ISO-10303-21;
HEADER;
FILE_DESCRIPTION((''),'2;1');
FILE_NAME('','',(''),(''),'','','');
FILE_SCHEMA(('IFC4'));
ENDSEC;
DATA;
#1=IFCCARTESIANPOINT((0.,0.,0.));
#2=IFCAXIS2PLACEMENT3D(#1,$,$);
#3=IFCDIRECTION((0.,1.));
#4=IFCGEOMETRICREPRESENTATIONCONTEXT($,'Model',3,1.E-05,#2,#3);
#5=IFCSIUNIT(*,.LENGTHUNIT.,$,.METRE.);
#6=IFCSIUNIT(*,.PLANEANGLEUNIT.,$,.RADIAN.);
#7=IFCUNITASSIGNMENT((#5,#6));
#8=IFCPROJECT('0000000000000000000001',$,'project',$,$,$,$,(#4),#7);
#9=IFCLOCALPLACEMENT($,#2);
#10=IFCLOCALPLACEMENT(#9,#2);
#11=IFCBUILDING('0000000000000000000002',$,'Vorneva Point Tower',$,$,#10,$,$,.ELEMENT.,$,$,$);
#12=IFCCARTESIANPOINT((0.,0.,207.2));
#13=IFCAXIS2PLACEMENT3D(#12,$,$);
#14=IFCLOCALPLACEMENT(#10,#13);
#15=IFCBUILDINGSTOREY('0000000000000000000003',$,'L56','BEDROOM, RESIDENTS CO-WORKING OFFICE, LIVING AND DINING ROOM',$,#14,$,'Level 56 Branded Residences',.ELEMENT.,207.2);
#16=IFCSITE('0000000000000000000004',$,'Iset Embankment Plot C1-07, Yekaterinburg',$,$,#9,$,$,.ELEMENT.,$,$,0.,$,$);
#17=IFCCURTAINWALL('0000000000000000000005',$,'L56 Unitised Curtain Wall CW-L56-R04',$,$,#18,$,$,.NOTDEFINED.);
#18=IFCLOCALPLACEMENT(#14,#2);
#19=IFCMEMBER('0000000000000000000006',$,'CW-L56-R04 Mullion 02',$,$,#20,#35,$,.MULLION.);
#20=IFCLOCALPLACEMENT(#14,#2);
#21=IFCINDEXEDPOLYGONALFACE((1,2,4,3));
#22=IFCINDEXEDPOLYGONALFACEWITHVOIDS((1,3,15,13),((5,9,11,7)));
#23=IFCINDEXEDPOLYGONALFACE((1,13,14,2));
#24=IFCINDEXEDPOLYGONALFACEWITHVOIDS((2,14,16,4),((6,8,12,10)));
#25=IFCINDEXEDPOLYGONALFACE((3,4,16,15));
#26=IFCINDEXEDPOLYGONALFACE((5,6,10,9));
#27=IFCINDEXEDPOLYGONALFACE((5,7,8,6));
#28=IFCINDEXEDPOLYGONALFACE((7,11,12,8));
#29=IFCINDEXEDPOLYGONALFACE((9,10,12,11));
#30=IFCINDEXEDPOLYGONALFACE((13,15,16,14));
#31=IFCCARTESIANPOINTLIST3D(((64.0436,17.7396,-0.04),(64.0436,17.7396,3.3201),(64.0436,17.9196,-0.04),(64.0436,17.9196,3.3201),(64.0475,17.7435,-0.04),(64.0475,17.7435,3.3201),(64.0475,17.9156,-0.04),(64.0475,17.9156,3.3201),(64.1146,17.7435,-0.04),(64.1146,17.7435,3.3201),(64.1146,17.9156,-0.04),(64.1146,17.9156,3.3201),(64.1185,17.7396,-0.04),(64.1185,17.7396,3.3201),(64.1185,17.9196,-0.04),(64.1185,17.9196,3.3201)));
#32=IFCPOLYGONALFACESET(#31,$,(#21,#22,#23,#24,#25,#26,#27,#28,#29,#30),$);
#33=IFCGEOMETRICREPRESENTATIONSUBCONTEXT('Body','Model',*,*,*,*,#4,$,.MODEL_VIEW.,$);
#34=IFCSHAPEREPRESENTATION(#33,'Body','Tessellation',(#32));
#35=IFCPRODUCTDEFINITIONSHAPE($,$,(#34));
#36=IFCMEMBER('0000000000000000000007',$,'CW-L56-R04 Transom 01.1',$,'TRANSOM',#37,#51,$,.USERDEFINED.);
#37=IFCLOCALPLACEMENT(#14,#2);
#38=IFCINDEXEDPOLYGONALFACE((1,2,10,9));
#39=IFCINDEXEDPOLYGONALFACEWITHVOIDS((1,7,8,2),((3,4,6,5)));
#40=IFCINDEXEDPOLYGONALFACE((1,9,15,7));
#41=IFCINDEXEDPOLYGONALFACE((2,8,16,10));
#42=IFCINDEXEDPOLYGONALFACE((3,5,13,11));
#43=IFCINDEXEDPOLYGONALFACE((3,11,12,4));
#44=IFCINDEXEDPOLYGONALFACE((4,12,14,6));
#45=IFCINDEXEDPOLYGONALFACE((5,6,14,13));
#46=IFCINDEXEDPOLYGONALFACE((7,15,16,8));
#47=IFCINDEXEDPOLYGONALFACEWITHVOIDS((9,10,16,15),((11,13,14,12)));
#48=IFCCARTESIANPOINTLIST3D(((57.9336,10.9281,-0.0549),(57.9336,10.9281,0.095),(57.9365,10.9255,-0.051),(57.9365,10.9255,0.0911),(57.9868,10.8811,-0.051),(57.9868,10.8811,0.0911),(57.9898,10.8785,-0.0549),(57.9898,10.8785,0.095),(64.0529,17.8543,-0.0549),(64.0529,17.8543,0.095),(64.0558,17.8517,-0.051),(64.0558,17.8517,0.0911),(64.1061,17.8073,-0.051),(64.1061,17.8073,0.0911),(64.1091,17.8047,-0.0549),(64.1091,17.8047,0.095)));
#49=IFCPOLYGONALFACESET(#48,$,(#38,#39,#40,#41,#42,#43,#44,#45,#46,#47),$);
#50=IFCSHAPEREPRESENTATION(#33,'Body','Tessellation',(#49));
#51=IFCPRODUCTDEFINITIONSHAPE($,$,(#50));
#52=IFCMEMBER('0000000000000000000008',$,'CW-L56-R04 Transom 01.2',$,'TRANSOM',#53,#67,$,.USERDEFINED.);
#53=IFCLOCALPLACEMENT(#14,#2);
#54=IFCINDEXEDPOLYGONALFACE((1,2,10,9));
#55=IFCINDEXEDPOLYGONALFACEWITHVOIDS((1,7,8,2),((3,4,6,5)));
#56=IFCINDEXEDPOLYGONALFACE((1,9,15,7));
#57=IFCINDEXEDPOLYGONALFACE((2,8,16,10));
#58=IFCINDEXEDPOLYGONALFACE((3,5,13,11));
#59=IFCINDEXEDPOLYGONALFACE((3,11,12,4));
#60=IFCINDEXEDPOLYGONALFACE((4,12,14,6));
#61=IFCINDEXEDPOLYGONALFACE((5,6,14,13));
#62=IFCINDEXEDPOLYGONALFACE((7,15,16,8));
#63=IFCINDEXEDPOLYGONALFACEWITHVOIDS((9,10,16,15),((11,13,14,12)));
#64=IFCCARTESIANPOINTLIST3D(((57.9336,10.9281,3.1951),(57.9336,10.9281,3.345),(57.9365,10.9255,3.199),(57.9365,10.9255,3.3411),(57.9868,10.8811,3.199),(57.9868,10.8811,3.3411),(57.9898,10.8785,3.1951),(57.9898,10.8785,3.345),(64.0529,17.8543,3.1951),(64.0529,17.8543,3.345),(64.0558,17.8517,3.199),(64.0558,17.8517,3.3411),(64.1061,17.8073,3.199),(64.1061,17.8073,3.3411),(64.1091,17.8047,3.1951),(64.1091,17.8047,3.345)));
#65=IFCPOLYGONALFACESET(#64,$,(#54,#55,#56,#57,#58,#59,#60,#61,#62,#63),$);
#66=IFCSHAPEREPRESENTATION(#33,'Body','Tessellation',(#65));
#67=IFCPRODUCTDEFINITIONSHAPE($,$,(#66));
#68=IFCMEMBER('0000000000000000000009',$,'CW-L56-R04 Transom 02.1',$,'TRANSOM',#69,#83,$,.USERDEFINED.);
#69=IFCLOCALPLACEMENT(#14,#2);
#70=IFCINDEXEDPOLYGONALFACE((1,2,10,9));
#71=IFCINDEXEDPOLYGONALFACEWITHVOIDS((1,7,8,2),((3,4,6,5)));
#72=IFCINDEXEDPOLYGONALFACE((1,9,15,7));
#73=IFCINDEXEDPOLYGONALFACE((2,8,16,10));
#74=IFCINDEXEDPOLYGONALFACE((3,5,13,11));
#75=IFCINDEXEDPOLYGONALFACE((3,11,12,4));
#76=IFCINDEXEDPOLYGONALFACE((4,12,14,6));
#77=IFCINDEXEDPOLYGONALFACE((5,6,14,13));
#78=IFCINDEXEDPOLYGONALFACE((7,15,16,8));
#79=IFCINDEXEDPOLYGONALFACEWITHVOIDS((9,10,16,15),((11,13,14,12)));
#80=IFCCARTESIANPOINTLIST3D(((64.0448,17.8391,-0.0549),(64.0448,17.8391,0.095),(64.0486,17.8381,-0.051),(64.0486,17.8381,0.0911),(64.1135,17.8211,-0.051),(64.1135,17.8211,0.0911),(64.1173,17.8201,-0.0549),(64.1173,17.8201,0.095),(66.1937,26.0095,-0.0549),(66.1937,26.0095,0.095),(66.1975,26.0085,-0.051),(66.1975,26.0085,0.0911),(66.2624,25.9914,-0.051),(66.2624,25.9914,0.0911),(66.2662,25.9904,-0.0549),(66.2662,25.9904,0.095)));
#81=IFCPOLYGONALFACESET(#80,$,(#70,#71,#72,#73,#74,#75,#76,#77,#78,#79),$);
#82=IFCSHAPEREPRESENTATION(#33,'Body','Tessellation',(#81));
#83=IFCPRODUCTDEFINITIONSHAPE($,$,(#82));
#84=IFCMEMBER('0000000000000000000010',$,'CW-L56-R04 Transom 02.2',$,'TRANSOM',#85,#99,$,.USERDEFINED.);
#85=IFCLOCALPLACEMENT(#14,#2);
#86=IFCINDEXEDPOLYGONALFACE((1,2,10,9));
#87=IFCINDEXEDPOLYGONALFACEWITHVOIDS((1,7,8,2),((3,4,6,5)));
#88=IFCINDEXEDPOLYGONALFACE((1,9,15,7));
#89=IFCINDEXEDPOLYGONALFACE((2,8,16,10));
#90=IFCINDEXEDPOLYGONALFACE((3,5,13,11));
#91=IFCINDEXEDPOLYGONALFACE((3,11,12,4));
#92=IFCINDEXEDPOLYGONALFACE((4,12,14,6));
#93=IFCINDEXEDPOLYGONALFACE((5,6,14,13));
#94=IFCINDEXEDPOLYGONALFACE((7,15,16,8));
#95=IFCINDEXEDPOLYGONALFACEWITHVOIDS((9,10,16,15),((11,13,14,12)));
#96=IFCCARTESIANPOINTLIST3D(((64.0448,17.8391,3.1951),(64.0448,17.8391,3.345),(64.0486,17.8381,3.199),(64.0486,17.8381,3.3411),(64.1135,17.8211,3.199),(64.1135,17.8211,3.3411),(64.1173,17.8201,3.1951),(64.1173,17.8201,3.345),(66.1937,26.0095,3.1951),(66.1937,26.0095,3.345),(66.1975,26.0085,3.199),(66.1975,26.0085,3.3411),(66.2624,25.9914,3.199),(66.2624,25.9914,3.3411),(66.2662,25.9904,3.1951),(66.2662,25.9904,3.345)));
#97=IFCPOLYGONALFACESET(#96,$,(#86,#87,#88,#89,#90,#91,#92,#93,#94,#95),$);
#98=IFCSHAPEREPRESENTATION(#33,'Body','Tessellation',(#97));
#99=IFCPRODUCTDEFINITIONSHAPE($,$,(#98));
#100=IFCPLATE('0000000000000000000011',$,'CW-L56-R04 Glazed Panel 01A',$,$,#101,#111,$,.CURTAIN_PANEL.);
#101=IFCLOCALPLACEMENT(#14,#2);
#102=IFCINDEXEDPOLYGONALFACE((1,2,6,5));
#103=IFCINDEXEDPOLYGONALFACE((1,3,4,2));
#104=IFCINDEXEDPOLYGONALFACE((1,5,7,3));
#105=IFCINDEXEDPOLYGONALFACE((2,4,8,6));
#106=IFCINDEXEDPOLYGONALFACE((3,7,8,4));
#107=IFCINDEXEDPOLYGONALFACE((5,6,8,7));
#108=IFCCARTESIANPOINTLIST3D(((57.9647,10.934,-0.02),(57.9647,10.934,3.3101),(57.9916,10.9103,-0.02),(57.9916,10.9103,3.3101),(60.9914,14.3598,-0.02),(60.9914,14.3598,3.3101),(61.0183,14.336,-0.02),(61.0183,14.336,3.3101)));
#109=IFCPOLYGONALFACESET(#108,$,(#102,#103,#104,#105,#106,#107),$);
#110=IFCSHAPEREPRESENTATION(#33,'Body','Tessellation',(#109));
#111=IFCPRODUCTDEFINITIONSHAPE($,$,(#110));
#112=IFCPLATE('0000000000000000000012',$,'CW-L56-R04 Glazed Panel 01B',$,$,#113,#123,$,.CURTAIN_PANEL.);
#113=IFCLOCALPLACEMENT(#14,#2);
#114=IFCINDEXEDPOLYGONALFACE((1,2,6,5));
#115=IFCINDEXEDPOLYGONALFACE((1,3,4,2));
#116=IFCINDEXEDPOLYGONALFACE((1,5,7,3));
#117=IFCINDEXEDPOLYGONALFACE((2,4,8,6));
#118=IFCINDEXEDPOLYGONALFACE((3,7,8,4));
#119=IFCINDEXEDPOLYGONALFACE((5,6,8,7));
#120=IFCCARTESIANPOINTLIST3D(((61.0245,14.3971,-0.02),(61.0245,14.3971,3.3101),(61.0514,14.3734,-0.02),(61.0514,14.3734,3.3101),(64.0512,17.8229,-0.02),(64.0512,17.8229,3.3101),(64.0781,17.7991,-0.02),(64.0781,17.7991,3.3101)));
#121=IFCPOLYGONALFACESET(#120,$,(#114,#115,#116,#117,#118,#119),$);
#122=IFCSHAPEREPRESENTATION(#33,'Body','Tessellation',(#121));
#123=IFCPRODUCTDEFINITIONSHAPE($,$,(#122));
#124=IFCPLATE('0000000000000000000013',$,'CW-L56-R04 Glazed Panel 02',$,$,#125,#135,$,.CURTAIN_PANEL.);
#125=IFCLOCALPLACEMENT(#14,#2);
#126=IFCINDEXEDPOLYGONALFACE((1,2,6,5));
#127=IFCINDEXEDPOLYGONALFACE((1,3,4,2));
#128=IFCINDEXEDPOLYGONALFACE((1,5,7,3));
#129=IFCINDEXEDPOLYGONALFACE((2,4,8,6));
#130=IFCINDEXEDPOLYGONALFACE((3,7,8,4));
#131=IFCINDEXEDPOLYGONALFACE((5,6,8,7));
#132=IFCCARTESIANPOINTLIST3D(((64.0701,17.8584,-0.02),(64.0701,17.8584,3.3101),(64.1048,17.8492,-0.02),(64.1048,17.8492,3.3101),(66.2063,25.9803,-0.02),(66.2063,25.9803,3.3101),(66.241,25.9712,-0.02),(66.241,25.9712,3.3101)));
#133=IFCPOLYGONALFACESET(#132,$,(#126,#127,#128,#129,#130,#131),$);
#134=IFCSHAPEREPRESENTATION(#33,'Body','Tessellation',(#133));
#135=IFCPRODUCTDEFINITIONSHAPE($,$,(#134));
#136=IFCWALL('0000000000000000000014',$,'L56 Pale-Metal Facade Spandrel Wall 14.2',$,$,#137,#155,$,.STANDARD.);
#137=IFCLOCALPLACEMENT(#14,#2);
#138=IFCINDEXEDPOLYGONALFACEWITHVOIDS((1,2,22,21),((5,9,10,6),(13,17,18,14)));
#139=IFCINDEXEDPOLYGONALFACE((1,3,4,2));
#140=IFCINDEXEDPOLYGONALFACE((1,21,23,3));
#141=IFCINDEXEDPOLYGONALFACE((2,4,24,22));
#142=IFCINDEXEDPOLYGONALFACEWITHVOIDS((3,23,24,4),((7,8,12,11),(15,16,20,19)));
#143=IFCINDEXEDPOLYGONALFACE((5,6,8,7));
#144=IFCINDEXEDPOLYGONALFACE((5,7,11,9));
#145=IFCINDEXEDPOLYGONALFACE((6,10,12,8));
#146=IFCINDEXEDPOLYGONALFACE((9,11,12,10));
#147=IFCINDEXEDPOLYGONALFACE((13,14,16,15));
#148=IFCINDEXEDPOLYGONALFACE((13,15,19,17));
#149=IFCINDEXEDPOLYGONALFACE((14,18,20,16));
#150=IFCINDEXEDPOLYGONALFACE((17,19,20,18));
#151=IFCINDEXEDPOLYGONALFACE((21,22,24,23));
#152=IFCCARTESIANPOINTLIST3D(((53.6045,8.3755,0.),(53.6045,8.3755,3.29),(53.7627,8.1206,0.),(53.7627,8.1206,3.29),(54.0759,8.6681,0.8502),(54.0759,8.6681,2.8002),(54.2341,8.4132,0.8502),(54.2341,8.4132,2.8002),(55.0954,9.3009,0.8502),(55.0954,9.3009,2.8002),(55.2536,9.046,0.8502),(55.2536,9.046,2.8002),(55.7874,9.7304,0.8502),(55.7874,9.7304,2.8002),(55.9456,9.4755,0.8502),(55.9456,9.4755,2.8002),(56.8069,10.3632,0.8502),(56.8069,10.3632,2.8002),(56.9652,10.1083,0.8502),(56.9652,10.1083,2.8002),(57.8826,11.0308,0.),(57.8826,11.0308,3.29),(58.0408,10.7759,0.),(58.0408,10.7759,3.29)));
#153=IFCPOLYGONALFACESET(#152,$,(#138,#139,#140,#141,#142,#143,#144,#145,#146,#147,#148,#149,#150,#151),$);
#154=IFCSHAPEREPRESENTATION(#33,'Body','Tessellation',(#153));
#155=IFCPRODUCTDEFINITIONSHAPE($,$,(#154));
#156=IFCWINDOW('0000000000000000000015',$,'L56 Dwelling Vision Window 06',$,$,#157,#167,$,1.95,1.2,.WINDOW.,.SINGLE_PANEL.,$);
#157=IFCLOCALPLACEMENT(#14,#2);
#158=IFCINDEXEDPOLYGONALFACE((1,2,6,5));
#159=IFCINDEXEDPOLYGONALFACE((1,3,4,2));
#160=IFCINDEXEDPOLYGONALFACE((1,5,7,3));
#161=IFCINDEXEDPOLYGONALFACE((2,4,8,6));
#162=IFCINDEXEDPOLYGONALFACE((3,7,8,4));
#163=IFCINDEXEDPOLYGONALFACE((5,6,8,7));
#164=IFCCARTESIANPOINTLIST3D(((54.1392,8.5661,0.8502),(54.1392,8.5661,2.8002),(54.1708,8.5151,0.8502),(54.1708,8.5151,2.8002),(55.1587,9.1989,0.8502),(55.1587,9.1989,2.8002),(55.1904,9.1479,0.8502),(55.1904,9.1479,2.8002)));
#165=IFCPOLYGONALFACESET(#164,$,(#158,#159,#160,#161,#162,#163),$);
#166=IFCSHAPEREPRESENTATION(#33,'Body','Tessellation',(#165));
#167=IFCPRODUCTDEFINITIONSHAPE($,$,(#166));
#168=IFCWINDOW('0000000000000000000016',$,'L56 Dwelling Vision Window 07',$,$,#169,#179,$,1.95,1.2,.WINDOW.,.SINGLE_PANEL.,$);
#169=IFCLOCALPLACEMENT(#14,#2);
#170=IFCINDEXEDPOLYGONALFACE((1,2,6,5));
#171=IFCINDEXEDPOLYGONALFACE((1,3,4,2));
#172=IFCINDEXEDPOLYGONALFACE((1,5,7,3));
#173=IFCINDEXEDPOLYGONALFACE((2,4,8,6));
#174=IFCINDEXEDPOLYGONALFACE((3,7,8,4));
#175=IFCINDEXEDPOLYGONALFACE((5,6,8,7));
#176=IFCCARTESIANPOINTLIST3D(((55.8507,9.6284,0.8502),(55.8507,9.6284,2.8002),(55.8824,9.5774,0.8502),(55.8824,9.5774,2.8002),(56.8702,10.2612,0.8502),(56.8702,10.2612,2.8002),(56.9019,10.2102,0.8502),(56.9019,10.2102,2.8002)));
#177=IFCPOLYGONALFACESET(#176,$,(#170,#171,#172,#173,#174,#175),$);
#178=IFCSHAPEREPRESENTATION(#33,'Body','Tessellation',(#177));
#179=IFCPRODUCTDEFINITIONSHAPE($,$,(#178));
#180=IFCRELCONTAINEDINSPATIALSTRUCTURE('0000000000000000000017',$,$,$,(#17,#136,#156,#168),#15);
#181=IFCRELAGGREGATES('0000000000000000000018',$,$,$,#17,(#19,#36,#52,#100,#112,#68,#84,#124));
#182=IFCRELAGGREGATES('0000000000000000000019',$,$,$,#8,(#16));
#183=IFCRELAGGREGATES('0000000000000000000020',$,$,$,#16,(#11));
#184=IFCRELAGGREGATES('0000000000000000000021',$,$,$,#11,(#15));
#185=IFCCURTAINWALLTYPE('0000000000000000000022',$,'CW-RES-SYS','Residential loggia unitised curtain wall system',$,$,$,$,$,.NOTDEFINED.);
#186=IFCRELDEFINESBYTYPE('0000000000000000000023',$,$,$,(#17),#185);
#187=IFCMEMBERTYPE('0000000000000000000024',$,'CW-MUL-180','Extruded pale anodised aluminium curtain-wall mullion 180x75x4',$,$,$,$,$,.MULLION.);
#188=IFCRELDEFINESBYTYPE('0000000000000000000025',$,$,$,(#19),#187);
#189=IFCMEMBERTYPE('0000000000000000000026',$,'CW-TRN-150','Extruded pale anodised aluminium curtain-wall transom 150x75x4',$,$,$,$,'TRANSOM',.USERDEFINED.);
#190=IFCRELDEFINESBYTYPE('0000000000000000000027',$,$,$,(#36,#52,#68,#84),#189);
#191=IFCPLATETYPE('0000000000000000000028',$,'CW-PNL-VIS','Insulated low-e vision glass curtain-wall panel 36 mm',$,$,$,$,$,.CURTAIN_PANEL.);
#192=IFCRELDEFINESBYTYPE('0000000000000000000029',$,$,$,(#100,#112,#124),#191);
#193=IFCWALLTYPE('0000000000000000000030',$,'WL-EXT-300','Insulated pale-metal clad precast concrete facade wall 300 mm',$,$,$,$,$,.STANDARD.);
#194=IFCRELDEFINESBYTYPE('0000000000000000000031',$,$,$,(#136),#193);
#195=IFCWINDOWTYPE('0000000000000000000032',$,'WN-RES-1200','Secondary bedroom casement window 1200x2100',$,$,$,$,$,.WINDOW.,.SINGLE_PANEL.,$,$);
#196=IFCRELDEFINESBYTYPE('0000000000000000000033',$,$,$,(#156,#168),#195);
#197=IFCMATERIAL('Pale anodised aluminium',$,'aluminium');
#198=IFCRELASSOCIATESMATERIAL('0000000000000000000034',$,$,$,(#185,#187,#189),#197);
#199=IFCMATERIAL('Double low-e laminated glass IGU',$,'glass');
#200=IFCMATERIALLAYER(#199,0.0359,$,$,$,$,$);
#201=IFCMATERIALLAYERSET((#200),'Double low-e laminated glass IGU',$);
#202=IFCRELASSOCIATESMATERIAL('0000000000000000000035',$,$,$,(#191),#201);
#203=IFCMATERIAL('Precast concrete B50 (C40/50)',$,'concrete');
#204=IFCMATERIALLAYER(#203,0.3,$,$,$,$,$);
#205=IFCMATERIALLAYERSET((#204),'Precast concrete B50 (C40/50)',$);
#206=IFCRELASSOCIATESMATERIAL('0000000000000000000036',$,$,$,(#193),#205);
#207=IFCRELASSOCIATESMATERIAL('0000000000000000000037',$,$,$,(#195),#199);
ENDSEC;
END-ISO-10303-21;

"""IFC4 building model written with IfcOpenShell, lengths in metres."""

from ifc_helpers import new_model, si_unit, direction, frame, frame_2d, origin, origin_2d, place, context, subcontext, project, spatial, rectangle, hollow_rectangle, extrude, material, layer, layer_set, material_profile, profile_set, type_object, element, fill, aggregate, save


model = new_model("IFC4")

# Units and contexts
model_context = context("Model", 3, precision=1e-05, world=origin(), true_north=direction((0.0, 1.0)))
body_context = subcontext(model_context, "Body", "Model", "MODEL_VIEW")
ifc_project = project(units=[si_unit("LENGTHUNIT", "METRE"), si_unit("PLANEANGLEUNIT", "RADIAN")], contexts=[model_context])

# Site, building, storey
site_placement = place(None, origin())
site = spatial("IfcSite", under=ifc_project, at=site_placement, Name="Iset Embankment Plot C1-07, Yekaterinburg", CompositionType="ELEMENT", RefElevation=0.0)
building_placement = place(site_placement, origin())
building = spatial("IfcBuilding", under=site, at=building_placement, Name="Vorneva Point Tower", CompositionType="ELEMENT")
storey_placement = place(building_placement, frame((0.0, 0.0, 207.2)))
storey = spatial("IfcBuildingStorey", under=building, at=storey_placement, Name="L56", Description="BEDROOM, RESIDENTS CO-WORKING OFFICE, LIVING AND DINING ROOM", LongName="Level 56 Branded Residences", CompositionType="ELEMENT", Elevation=207.2)

# Curtain wall, members, plates
ifc_material_1 = material(Name="Pale anodised aluminium", Category="aluminium")
curtain_wall_type = type_object("IfcCurtainWallType", Name="CW-RES-SYS", Description="Residential loggia unitised curtain wall system", PredefinedType="NOTDEFINED", material=ifc_material_1)
curtain_wall_placement = place(storey_placement, origin())
curtain_wall = element("IfcCurtainWall", 1, at=curtain_wall_placement, inside=storey, type_object=curtain_wall_type, Name="L56 Unitised Curtain Wall CW-L56-R04", PredefinedType="NOTDEFINED")
ifc_material_profile_1 = material_profile(ifc_material_1, hollow_rectangle(XDim=0.075, YDim=0.1799, WallThickness=0.0039, at=origin_2d()), Name="AL-MUL 180x75x4")
ifc_profile_set_1 = profile_set([ifc_material_profile_1], Name="Pale anodised aluminium")
member_type_1 = type_object("IfcMemberType", Name="CW-MUL-180", Description="Extruded pale anodised aluminium curtain-wall mullion 180x75x4", PredefinedType="MULLION", material=ifc_profile_set_1)
member_1_placement = place(storey_placement, frame((64.0811, 17.8296, -0.04), z_axis=(0.0, 0.0, 1.0), x_axis=(1.0, 0.0, 0.0)))
member_1 = element("IfcMember", 2, at=member_1_placement, type_object=member_type_1, Name="CW-L56-R04 Mullion 02", PredefinedType="MULLION", context=body_context, shape_type="SweptSolid", body=[
    extrude(hollow_rectangle(XDim=0.075, YDim=0.1799, WallThickness=0.0039, at=origin_2d()), origin(), (0.0, 0.0, 1.0), 3.3601),
])
ifc_material_profile_2 = material_profile(ifc_material_1, hollow_rectangle(XDim=0.075, YDim=0.1499, WallThickness=0.0039, at=origin_2d()), Name="AL-TRN 150x75x4")
ifc_profile_set_2 = profile_set([ifc_material_profile_2], Name="Pale anodised aluminium")
member_type_2 = type_object("IfcMemberType", Name="CW-TRN-150", Description="Extruded pale anodised aluminium curtain-wall transom 150x75x4", ElementType="TRANSOM", PredefinedType="USERDEFINED", material=ifc_profile_set_2)
member_2_placement = place(storey_placement, frame((57.9617, 10.9033, 0.02), z_axis=(0.662106, 0.74941, 0.0), x_axis=(-0.74941, 0.662106, 0.0)))
member_2 = element("IfcMember", 3, at=member_2_placement, type_object=member_type_2, Name="CW-L56-R04 Transom 01.1", ObjectType="TRANSOM", PredefinedType="USERDEFINED", context=body_context, shape_type="SweptSolid", body=[
    extrude(hollow_rectangle(XDim=0.075, YDim=0.1499, WallThickness=0.0039, at=origin_2d()), origin(), (0.0, 0.0, 1.0), 9.2422),
])
member_3_placement = place(storey_placement, frame((57.9617, 10.9033, 3.27), z_axis=(0.662106, 0.74941, 0.0), x_axis=(-0.74941, 0.662106, 0.0)))
member_3 = element("IfcMember", 4, at=member_3_placement, type_object=member_type_2, Name="CW-L56-R04 Transom 01.2", ObjectType="TRANSOM", PredefinedType="USERDEFINED", context=body_context, shape_type="SweptSolid", body=[
    extrude(hollow_rectangle(XDim=0.075, YDim=0.1499, WallThickness=0.0039, at=origin_2d()), origin(), (0.0, 0.0, 1.0), 9.2422),
])
member_4_placement = place(storey_placement, frame((64.0811, 17.8296, 0.02), z_axis=(0.254362, 0.967109, 0.0), x_axis=(-0.967109, 0.254362, 0.0)))
member_4 = element("IfcMember", 5, at=member_4_placement, type_object=member_type_2, Name="CW-L56-R04 Transom 02.1", ObjectType="TRANSOM", PredefinedType="USERDEFINED", context=body_context, shape_type="SweptSolid", body=[
    extrude(hollow_rectangle(XDim=0.075, YDim=0.1499, WallThickness=0.0039, at=origin_2d()), origin(), (0.0, 0.0, 1.0), 8.4482),
])
member_5_placement = place(storey_placement, frame((64.0811, 17.8296, 3.27), z_axis=(0.254362, 0.967109, 0.0), x_axis=(-0.967109, 0.254362, 0.0)))
member_5 = element("IfcMember", 6, at=member_5_placement, type_object=member_type_2, Name="CW-L56-R04 Transom 02.2", ObjectType="TRANSOM", PredefinedType="USERDEFINED", context=body_context, shape_type="SweptSolid", body=[
    extrude(hollow_rectangle(XDim=0.075, YDim=0.1499, WallThickness=0.0039, at=origin_2d()), origin(), (0.0, 0.0, 1.0), 8.4482),
])
ifc_material_2 = material(Name="Double low-e laminated glass IGU", Category="glass")
ifc_layer_1 = layer(ifc_material_2, 0.0359)
ifc_layer_set_1 = layer_set([ifc_layer_1], Name="Double low-e laminated glass IGU")
plate_type = type_object("IfcPlateType", Name="CW-PNL-VIS", Description="Insulated low-e vision glass curtain-wall panel 36 mm", PredefinedType="CURTAIN_PANEL", material=ifc_layer_set_1)
plate_1_placement = place(storey_placement, frame((59.4915, 12.635, -0.02), z_axis=(0.0, 0.0, 1.0), x_axis=(0.66211, 0.749407, 0.0)))
plate_1 = element("IfcPlate", 7, at=plate_1_placement, type_object=plate_type, Name="CW-L56-R04 Glazed Panel 01A", PredefinedType="CURTAIN_PANEL", context=body_context, shape_type="SweptSolid", body=[
    extrude(rectangle(XDim=4.5713, YDim=0.0359, at=origin_2d()), origin(), (0.0, 0.0, 1.0), 3.3301),
])
plate_2_placement = place(storey_placement, frame((62.5513, 16.0981, -0.02), z_axis=(0.0, 0.0, 1.0), x_axis=(0.66211, 0.749407, 0.0)))
plate_2 = element("IfcPlate", 8, at=plate_2_placement, type_object=plate_type, Name="CW-L56-R04 Glazed Panel 01B", PredefinedType="CURTAIN_PANEL", context=body_context, shape_type="SweptSolid", body=[
    extrude(rectangle(XDim=4.5713, YDim=0.0359, at=origin_2d()), origin(), (0.0, 0.0, 1.0), 3.3301),
])
plate_3_placement = place(storey_placement, frame((65.1555, 21.9148, -0.02), z_axis=(0.0, 0.0, 1.0), x_axis=(0.254366, 0.967108, 0.0)))
plate_3 = element("IfcPlate", 9, at=plate_3_placement, type_object=plate_type, Name="CW-L56-R04 Glazed Panel 02", PredefinedType="CURTAIN_PANEL", context=body_context, shape_type="SweptSolid", body=[
    extrude(rectangle(XDim=8.3982, YDim=0.0359, at=origin_2d()), origin(), (0.0, 0.0, 1.0), 3.3301),
])
aggregate(curtain_wall, [member_1, member_2, member_3, plate_1, plate_2, member_4, member_5, plate_3])

# Wall, openings, windows
ifc_material_3 = material(Name="Precast concrete B50 (C40/50)", Category="concrete")
ifc_layer_2 = layer(ifc_material_3, 0.3)
ifc_layer_set_2 = layer_set([ifc_layer_2], Name="Precast concrete B50 (C40/50)")
wall_type_1 = type_object("IfcWallType", Name="WL-EXT-300", Description="Insulated pale-metal clad precast concrete facade wall 300 mm", PredefinedType="STANDARD", material=ifc_layer_set_2)
wall_1_placement = place(storey_placement, frame((53.6836, 8.248, 0.0), z_axis=(0.0, 0.0, 1.0), x_axis=(0.849648, 0.527351, 0.0)))
wall_1 = element("IfcWall", 10, at=wall_1_placement, inside=storey, type_object=wall_type_1, Name="L56 Pale-Metal Facade Spandrel Wall 14.2", PredefinedType="STANDARD", context=body_context, shape_type="SweptSolid", body=[
    extrude(rectangle(XDim=5.0352, YDim=0.3, at=frame_2d((2.5176, 0.0))), origin(), (0.0, 0.0, 1.0), 3.29),
])
opening_1_placement = place(wall_1_placement, frame((0.5547, 0.0, 0.8501)))
opening_1 = element("IfcOpeningElement", 11, at=opening_1_placement, cuts=wall_1, PredefinedType="OPENING", context=body_context, shape_type="SweptSolid", body=[
    extrude(rectangle(XDim=1.2, YDim=1.95, at=frame_2d((0.6001, 0.9751))), frame((0.0, 0.165, 0.0), z_axis=(0.0, -1.0, 0.0), x_axis=(1.0, 0.0, 0.0)), (0.0, 0.0, 1.0), 0.3298),
])
opening_2_placement = place(wall_1_placement, frame((2.5691, 0.0, 0.8501)))
opening_2 = element("IfcOpeningElement", 12, at=opening_2_placement, cuts=wall_1, PredefinedType="OPENING", context=body_context, shape_type="SweptSolid", body=[
    extrude(rectangle(XDim=1.2, YDim=1.95, at=frame_2d((0.6001, 0.9751))), frame((0.0, 0.165, 0.0), z_axis=(0.0, -1.0, 0.0), x_axis=(1.0, 0.0, 0.0)), (0.0, 0.0, 1.0), 0.3298),
])
window_type = type_object("IfcWindowType", Name="WN-RES-1200", Description="Secondary bedroom casement window 1200x2100", PartitioningType="SINGLE_PANEL", PredefinedType="WINDOW", material=ifc_material_2)
window_1_placement = place(opening_1_placement, origin())
window_1 = element("IfcWindow", 13, at=window_1_placement, inside=storey, type_object=window_type, Name="L56 Dwelling Vision Window 06", OverallHeight=1.95, OverallWidth=1.2, PartitioningType="SINGLE_PANEL", PredefinedType="WINDOW", context=body_context, shape_type="SweptSolid", body=[
    extrude(rectangle(XDim=1.2, YDim=1.95, at=frame_2d((0.6001, 0.9751))), frame((0.0, 0.03, 0.0), z_axis=(0.0, -1.0, 0.0), x_axis=(1.0, 0.0, 0.0)), (0.0, 0.0, 1.0), 0.0601),
])
fill(opening_1, window_1)
window_2_placement = place(opening_2_placement, origin())
window_2 = element("IfcWindow", 14, at=window_2_placement, inside=storey, type_object=window_type, Name="L56 Dwelling Vision Window 07", OverallHeight=1.95, OverallWidth=1.2, PartitioningType="SINGLE_PANEL", PredefinedType="WINDOW", context=body_context, shape_type="SweptSolid", body=[
    extrude(rectangle(XDim=1.2, YDim=1.95, at=frame_2d((0.6001, 0.9751))), frame((0.0, 0.03, 0.0), z_axis=(0.0, -1.0, 0.0), x_axis=(1.0, 0.0, 0.0)), (0.0, 0.0, 1.0), 0.0601),
])
fill(opening_2, window_2)

save(model, "model.ifc")
